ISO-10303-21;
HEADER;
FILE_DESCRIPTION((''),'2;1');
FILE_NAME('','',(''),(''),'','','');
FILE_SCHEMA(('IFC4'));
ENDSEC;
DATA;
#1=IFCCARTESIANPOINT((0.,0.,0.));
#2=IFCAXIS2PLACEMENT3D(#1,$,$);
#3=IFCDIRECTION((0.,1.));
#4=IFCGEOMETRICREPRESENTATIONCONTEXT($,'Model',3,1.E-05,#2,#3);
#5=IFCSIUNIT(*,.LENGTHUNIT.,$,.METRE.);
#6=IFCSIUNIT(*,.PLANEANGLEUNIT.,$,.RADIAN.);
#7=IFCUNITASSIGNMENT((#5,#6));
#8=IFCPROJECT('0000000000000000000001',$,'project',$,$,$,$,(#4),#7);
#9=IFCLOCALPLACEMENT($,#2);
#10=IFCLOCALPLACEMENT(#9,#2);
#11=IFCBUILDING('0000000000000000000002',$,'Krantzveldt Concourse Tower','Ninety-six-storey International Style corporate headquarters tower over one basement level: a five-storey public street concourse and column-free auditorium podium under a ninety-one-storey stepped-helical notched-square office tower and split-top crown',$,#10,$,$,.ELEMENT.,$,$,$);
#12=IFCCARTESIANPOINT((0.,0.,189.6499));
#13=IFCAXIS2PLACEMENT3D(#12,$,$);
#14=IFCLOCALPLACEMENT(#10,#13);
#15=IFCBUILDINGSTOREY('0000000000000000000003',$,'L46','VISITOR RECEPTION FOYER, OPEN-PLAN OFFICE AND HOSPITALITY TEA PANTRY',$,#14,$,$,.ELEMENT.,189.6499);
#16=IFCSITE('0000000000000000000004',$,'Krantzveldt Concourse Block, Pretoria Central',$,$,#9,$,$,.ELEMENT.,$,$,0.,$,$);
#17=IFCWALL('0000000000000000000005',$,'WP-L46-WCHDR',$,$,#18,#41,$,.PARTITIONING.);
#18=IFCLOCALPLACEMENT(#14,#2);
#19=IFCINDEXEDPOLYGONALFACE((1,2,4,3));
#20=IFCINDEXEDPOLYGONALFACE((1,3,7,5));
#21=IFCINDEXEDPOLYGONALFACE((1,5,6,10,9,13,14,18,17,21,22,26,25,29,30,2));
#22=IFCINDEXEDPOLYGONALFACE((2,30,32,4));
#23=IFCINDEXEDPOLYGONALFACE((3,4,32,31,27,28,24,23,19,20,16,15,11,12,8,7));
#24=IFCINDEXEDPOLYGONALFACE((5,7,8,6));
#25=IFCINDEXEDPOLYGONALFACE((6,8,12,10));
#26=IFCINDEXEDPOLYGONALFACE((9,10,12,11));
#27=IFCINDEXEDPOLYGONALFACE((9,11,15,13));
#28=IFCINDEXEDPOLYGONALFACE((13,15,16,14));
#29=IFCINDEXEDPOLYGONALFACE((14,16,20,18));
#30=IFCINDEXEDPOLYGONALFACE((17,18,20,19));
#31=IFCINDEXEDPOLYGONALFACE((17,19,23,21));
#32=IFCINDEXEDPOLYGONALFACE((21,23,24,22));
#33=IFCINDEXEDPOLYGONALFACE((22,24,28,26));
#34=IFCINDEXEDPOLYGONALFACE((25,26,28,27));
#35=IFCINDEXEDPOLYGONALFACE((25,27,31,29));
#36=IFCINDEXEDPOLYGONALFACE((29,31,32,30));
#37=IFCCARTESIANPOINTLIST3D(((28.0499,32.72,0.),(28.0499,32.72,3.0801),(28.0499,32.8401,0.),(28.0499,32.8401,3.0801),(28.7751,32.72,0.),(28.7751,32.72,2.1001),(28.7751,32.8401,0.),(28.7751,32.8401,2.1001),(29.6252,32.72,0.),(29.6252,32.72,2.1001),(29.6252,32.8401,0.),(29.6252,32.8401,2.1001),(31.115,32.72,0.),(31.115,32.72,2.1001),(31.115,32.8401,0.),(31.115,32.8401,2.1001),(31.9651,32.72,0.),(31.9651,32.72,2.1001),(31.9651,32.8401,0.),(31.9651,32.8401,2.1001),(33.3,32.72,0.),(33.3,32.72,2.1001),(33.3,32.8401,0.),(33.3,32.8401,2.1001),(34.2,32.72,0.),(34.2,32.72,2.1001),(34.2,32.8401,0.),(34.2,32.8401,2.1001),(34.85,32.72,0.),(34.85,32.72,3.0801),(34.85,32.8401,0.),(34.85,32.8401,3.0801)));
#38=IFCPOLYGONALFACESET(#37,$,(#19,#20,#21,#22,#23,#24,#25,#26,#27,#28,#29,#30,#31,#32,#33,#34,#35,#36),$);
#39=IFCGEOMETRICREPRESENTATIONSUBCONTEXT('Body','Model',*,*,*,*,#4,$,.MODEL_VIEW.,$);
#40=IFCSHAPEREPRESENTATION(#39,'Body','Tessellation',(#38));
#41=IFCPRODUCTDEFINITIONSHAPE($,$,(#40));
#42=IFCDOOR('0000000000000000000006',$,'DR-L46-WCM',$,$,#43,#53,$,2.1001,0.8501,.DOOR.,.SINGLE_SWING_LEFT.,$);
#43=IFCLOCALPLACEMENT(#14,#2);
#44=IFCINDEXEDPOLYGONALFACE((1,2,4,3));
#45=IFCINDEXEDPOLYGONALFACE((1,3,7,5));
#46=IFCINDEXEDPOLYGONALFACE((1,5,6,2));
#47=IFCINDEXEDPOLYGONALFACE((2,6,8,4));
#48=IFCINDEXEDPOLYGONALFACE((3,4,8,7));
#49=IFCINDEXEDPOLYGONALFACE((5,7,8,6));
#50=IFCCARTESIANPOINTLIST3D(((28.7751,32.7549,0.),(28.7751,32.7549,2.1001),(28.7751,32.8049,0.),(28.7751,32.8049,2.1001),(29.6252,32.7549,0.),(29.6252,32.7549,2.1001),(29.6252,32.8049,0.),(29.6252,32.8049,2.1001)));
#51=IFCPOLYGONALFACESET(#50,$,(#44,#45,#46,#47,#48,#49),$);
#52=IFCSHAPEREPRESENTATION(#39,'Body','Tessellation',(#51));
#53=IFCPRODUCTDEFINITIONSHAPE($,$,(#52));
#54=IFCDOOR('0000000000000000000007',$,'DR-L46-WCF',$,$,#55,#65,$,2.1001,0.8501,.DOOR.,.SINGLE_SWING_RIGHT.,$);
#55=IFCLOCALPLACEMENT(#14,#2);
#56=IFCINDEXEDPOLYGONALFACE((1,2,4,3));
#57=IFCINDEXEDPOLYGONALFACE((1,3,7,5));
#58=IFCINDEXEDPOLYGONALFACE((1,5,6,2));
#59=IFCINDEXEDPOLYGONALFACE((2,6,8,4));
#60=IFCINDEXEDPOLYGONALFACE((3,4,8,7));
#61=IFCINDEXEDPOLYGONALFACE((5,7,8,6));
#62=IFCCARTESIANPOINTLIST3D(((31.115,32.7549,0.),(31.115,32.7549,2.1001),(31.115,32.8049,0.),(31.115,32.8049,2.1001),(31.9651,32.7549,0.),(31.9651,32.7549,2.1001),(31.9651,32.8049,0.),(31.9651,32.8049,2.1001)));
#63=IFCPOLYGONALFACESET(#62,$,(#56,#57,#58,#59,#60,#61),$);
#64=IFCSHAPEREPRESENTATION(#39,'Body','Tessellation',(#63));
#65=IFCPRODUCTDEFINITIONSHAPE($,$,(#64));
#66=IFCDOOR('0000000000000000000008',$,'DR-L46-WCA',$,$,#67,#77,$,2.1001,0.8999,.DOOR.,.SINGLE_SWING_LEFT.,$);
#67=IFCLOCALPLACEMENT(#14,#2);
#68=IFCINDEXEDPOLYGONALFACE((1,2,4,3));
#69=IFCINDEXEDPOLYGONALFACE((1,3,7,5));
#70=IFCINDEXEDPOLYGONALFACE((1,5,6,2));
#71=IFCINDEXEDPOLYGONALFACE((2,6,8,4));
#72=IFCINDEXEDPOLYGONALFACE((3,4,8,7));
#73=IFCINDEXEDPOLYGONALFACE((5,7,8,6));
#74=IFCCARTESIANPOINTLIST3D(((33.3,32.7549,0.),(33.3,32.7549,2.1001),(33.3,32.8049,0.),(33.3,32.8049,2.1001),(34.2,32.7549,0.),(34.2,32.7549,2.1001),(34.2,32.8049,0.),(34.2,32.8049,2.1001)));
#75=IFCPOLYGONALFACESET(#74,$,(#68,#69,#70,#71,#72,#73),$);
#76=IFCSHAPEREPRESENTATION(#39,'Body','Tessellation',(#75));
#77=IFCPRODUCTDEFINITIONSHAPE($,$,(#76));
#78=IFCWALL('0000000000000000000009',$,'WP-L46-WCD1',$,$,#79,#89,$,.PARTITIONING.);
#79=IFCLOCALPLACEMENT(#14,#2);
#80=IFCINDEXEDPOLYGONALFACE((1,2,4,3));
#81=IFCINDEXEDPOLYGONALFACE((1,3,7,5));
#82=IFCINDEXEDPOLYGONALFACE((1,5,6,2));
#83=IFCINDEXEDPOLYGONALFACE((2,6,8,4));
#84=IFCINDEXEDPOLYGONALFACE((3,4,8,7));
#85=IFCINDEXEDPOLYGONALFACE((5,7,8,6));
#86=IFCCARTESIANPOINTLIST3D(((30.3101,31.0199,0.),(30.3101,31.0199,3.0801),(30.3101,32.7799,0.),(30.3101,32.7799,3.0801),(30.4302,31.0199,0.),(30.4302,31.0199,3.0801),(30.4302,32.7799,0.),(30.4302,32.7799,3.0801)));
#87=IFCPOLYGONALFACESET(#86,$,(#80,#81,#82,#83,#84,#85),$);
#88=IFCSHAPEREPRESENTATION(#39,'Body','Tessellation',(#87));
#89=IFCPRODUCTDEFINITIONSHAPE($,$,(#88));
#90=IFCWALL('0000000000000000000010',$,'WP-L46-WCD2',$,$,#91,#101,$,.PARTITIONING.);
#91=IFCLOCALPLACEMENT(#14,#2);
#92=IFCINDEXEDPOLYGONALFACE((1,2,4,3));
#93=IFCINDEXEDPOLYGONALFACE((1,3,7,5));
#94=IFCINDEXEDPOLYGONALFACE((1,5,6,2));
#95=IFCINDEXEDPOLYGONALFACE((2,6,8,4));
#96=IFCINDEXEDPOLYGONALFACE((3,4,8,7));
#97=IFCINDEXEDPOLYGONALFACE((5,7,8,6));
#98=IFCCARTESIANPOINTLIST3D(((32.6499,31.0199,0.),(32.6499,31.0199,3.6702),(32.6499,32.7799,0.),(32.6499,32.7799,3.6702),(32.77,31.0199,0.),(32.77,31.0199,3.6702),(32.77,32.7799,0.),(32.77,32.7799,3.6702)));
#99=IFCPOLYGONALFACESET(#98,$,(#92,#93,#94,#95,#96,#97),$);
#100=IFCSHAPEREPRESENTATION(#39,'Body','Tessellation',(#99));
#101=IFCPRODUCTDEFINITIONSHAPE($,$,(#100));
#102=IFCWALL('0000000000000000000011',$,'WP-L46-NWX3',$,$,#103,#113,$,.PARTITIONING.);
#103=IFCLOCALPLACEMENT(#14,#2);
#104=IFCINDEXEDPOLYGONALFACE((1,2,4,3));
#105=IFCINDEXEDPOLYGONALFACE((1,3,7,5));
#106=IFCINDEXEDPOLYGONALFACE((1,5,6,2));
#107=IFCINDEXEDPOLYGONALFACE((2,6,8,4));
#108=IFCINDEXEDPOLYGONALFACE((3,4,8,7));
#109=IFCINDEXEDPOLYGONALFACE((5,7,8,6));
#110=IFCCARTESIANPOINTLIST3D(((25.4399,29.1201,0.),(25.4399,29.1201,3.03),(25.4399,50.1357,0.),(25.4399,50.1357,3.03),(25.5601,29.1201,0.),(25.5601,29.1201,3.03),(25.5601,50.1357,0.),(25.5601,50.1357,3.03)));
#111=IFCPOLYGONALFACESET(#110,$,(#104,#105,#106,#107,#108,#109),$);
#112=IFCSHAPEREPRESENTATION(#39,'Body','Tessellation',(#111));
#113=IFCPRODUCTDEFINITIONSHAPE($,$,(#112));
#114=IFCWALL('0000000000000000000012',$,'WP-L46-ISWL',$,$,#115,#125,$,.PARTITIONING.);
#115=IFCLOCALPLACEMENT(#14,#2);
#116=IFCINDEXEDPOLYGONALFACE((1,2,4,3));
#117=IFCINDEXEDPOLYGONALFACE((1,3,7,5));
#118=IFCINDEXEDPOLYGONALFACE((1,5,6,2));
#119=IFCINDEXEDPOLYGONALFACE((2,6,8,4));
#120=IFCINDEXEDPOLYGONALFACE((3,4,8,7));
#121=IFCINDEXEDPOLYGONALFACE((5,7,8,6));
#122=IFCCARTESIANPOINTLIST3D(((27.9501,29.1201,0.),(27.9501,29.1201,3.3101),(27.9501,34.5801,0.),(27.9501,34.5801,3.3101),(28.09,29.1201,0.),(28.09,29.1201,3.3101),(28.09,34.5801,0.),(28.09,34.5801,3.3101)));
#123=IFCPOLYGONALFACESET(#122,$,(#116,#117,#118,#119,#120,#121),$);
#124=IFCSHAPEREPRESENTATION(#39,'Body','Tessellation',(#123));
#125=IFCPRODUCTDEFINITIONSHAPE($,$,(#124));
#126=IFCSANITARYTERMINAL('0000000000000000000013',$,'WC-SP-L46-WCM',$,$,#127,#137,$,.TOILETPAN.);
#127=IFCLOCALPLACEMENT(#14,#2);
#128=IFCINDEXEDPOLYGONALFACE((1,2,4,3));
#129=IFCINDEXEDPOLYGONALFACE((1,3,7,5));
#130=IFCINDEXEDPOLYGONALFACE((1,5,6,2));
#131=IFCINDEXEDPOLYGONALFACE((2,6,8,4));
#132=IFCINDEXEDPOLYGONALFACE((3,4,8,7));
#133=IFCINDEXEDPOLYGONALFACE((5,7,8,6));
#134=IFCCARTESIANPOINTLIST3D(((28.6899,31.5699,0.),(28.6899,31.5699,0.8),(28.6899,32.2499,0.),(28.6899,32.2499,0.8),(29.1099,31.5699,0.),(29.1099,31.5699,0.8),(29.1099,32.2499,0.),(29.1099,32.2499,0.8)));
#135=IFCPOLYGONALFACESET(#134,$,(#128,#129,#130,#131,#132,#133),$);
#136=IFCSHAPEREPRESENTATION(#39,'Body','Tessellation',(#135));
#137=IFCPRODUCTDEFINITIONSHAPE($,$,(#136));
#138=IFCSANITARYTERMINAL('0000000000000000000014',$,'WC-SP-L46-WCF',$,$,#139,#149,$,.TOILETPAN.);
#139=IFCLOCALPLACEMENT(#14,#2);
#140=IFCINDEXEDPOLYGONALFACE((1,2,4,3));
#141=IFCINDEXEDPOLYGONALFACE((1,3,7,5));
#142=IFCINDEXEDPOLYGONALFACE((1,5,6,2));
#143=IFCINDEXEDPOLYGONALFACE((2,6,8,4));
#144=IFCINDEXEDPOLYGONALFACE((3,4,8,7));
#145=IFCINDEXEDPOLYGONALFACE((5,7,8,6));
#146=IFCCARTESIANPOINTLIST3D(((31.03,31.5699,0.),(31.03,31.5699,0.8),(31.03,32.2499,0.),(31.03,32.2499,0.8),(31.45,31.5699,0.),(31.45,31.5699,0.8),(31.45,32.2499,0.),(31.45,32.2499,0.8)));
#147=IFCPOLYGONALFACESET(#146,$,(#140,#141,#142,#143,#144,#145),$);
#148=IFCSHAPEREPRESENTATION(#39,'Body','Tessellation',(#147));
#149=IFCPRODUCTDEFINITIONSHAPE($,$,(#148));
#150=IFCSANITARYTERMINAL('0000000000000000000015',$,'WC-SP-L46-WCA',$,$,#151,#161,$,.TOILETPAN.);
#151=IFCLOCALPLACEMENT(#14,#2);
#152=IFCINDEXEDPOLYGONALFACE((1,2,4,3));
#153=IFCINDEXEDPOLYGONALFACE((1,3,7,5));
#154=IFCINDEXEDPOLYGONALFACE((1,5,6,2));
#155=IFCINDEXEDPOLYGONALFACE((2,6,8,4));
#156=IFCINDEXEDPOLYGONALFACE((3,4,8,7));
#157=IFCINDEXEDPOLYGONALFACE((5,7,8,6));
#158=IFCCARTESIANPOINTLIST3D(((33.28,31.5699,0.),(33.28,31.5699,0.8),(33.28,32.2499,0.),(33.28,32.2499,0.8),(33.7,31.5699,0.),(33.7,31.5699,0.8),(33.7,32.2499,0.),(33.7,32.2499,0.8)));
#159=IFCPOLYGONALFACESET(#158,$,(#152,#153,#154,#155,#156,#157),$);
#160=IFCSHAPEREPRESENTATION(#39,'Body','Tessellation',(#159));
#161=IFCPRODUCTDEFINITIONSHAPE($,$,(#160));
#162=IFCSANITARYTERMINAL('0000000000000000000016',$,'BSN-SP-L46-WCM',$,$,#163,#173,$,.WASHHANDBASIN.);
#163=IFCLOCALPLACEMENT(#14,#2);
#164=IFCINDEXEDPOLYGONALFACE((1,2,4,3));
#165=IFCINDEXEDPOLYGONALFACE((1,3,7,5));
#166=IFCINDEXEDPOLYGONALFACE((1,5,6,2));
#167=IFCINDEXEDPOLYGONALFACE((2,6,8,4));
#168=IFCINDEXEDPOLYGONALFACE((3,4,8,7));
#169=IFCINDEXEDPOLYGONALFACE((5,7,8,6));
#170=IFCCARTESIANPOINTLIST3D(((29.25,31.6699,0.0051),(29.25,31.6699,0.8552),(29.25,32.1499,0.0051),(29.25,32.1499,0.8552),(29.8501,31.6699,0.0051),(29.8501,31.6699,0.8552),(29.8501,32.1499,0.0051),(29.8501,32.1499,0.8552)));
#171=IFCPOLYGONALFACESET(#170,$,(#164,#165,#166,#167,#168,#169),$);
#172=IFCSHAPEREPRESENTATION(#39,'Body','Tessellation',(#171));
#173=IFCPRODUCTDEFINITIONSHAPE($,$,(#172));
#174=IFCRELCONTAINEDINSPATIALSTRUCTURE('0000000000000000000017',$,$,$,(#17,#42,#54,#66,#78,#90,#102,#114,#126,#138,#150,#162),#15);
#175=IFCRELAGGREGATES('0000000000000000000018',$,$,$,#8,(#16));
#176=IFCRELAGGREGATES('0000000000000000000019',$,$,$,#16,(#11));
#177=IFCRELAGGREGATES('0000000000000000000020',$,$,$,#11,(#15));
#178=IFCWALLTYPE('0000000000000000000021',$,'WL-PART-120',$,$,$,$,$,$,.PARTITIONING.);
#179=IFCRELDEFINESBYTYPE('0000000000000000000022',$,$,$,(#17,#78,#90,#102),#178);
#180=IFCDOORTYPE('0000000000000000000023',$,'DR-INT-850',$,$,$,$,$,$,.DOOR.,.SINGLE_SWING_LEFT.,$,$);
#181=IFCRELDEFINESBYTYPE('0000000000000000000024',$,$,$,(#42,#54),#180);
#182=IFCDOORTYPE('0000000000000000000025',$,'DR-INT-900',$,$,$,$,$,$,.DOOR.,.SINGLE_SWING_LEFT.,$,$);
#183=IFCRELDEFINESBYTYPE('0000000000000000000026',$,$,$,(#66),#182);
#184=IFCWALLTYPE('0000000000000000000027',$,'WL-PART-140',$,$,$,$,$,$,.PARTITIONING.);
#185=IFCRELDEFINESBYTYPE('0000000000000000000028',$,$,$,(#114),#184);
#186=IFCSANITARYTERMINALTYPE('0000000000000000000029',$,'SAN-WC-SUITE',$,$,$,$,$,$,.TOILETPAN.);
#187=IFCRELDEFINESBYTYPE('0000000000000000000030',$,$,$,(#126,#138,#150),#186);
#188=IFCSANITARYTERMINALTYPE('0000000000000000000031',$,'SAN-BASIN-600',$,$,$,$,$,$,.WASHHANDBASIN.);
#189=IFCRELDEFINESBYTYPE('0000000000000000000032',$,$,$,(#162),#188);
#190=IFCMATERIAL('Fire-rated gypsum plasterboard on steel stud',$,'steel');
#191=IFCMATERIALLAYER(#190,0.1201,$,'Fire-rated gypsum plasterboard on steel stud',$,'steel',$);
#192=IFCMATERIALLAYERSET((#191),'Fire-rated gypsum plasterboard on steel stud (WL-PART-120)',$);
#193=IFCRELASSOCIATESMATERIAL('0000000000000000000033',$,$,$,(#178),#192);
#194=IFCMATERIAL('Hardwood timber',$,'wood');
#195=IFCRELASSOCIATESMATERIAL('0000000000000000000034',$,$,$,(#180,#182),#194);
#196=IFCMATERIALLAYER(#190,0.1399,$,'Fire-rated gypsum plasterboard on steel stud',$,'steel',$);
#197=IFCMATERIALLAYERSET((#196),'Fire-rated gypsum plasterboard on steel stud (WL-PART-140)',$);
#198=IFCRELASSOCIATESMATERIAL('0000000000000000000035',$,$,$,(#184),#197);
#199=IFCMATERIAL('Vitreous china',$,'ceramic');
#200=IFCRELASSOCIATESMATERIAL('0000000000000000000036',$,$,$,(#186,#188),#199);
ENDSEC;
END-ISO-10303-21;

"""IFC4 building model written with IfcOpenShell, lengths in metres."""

from ifc_helpers import new_model, si_unit, direction, frame, frame_2d, origin, origin_2d, place, context, subcontext, project, spatial, rectangle, extrude, source, transform, mapped, material, layer, layer_set, type_object, type_shapes, element, fill, save


model = new_model("IFC4")

# Units and contexts
model_context = context("Model", 3, precision=1e-05, world=origin(), true_north=direction((0.0, 1.0)))
body_context = subcontext(model_context, "Body", "Model", "MODEL_VIEW")
ifc_project = project(units=[si_unit("LENGTHUNIT", "METRE"), si_unit("PLANEANGLEUNIT", "RADIAN")], contexts=[model_context])

# Site, building, storey
site_placement = place(None, origin())
site = spatial("IfcSite", under=ifc_project, at=site_placement, Name="Krantzveldt Concourse Block, Pretoria Central", CompositionType="ELEMENT", RefElevation=0.0)
building_placement = place(site_placement, origin())
building = spatial("IfcBuilding", under=site, at=building_placement, Name="Krantzveldt Concourse Tower", Description="Ninety-six-storey International Style corporate headquarters tower over one basement level: a five-storey public street concourse and column-free auditorium podium under a ninety-one-storey stepped-helical notched-square office tower and split-top crown", CompositionType="ELEMENT")
storey_placement = place(building_placement, frame((0.0, 0.0, 189.6499)))
storey = spatial("IfcBuildingStorey", under=building, at=storey_placement, Name="L46", Description="VISITOR RECEPTION FOYER, OPEN-PLAN OFFICE AND HOSPITALITY TEA PANTRY", CompositionType="ELEMENT", Elevation=189.6499)

# Shared definitions
ifc_material_1 = material(Name="Fire-rated gypsum plasterboard on steel stud", Category="steel")
ifc_layer_1 = layer(ifc_material_1, 0.1201, Name="Fire-rated gypsum plasterboard on steel stud", Category="steel")
ifc_layer_set_1 = layer_set([ifc_layer_1], Name="Fire-rated gypsum plasterboard on steel stud (WL-PART-120)")
wall_type_1 = type_object("IfcWallType", Name="WL-PART-120", PredefinedType="PARTITIONING", material=ifc_layer_set_1)

# Wall, openings, doors
wall_1_placement = place(storey_placement, frame((28.05, 32.78, 0.0), z_axis=(0.0, 0.0, 1.0), x_axis=(1.0, 0.0, 0.0)))
wall_1 = element("IfcWall", 1, at=wall_1_placement, inside=storey, type_object=wall_type_1, Name="WP-L46-WCHDR", PredefinedType="PARTITIONING", context=body_context, shape_type="SweptSolid", body=[
    extrude(rectangle(XDim=6.8, YDim=0.1201, at=frame_2d((3.3999, 0.0))), origin(), (0.0, 0.0, 1.0), 3.0801),
])
opening_1_placement = place(wall_1_placement, frame((0.7251, 0.0, 0.0)))
opening_1 = element("IfcOpeningElement", 2, at=opening_1_placement, cuts=wall_1, PredefinedType="OPENING", context=body_context, shape_type="SweptSolid", body=[
    extrude(rectangle(XDim=0.8501, YDim=2.1001, at=frame_2d((0.425, 1.05))), frame((0.0, 0.0701, 0.0), z_axis=(0.0, -1.0, 0.0), x_axis=(1.0, 0.0, 0.0)), (0.0, 0.0, 1.0), 0.1401),
])
opening_2_placement = place(wall_1_placement, frame((3.0649, 0.0, 0.0)))
opening_2 = element("IfcOpeningElement", 3, at=opening_2_placement, cuts=wall_1, PredefinedType="OPENING", context=body_context, shape_type="SweptSolid", body=[
    extrude(rectangle(XDim=0.8501, YDim=2.1001, at=frame_2d((0.425, 1.05))), frame((0.0, 0.0701, 0.0), z_axis=(0.0, -1.0, 0.0), x_axis=(1.0, 0.0, 0.0)), (0.0, 0.0, 1.0), 0.1401),
])
opening_3_placement = place(wall_1_placement, frame((5.25, 0.0, 0.0)))
opening_3 = element("IfcOpeningElement", 4, at=opening_3_placement, cuts=wall_1, PredefinedType="OPENING", context=body_context, shape_type="SweptSolid", body=[
    extrude(rectangle(XDim=0.8999, YDim=2.1001, at=frame_2d((0.45, 1.05))), frame((0.0, 0.0701, 0.0), z_axis=(0.0, -1.0, 0.0), x_axis=(1.0, 0.0, 0.0)), (0.0, 0.0, 1.0), 0.1401),
])
ifc_material_2 = material(Name="Hardwood timber", Category="wood")
door_type_1 = type_object("IfcDoorType", Name="DR-INT-850", OperationType="SINGLE_SWING_LEFT", PredefinedType="DOOR", material=ifc_material_2)
door_1_placement = place(opening_1_placement, origin())
door_1 = element("IfcDoor", 5, at=door_1_placement, inside=storey, type_object=door_type_1, Name="DR-L46-WCM", OperationType="SINGLE_SWING_LEFT", OverallHeight=2.1001, OverallWidth=0.8501, PredefinedType="DOOR", context=body_context, shape_type="SweptSolid", body=[
    extrude(rectangle(XDim=0.8501, YDim=2.1001, at=frame_2d((0.425, 1.05))), frame((0.0, 0.0249, 0.0), z_axis=(0.0, -1.0, 0.0), x_axis=(1.0, 0.0, 0.0)), (0.0, 0.0, 1.0), 0.05),
])
fill(opening_1, door_1)
door_2_placement = place(opening_2_placement, origin())
door_2 = element("IfcDoor", 6, at=door_2_placement, inside=storey, type_object=door_type_1, Name="DR-L46-WCF", OperationType="SINGLE_SWING_RIGHT", OverallHeight=2.1001, OverallWidth=0.8501, PredefinedType="DOOR", context=body_context, shape_type="SweptSolid", body=[
    extrude(rectangle(XDim=0.8501, YDim=2.1001, at=frame_2d((0.425, 1.05))), frame((0.0, 0.0249, 0.0), z_axis=(0.0, -1.0, 0.0), x_axis=(1.0, 0.0, 0.0)), (0.0, 0.0, 1.0), 0.05),
])
fill(opening_2, door_2)
door_type_2 = type_object("IfcDoorType", Name="DR-INT-900", OperationType="SINGLE_SWING_LEFT", PredefinedType="DOOR", material=ifc_material_2)
door_3_placement = place(opening_3_placement, origin())
door_3 = element("IfcDoor", 7, at=door_3_placement, inside=storey, type_object=door_type_2, Name="DR-L46-WCA", OperationType="SINGLE_SWING_LEFT", OverallHeight=2.1001, OverallWidth=0.8999, PredefinedType="DOOR", context=body_context, shape_type="SweptSolid", body=[
    extrude(rectangle(XDim=0.8999, YDim=2.1001, at=frame_2d((0.45, 1.05))), frame((0.0, 0.0249, 0.0), z_axis=(0.0, -1.0, 0.0), x_axis=(1.0, 0.0, 0.0)), (0.0, 0.0, 1.0), 0.05),
])
fill(opening_3, door_3)

# Walls
wall_2_placement = place(storey_placement, frame((30.3701, 31.02, 0.0), z_axis=(0.0, 0.0, 1.0), x_axis=(0.0, 1.0, 0.0)))
element("IfcWall", 8, at=wall_2_placement, inside=storey, type_object=wall_type_1, Name="WP-L46-WCD1", PredefinedType="PARTITIONING", context=body_context, shape_type="SweptSolid", body=[
    extrude(rectangle(XDim=1.76, YDim=0.1201, at=frame_2d((0.8799, 0.0))), origin(), (0.0, 0.0, 1.0), 3.0801),
])
wall_3_placement = place(storey_placement, frame((32.71, 31.02, 0.0), z_axis=(0.0, 0.0, 1.0), x_axis=(0.0, 1.0, 0.0)))
element("IfcWall", 9, at=wall_3_placement, inside=storey, type_object=wall_type_1, Name="WP-L46-WCD2", PredefinedType="PARTITIONING", context=body_context, shape_type="SweptSolid", body=[
    extrude(rectangle(XDim=1.76, YDim=0.1201, at=frame_2d((0.8799, 0.0))), origin(), (0.0, 0.0, 1.0), 3.6702),
])
wall_4_placement = place(storey_placement, frame((25.5, 29.1201, 0.0), z_axis=(0.0, 0.0, 1.0), x_axis=(0.0, 1.0, 0.0)))
element("IfcWall", 10, at=wall_4_placement, inside=storey, type_object=wall_type_1, Name="WP-L46-NWX3", PredefinedType="PARTITIONING", context=body_context, shape_type="SweptSolid", body=[
    extrude(rectangle(XDim=21.0156, YDim=0.1201, at=frame_2d((10.5078, 0.0))), origin(), (0.0, 0.0, 1.0), 3.03),
])
ifc_layer_2 = layer(ifc_material_1, 0.1399, Name="Fire-rated gypsum plasterboard on steel stud", Category="steel")
ifc_layer_set_2 = layer_set([ifc_layer_2], Name="Fire-rated gypsum plasterboard on steel stud (WL-PART-140)")
wall_type_2 = type_object("IfcWallType", Name="WL-PART-140", PredefinedType="PARTITIONING", material=ifc_layer_set_2)
wall_5_placement = place(storey_placement, frame((28.02, 29.1201, 0.0), z_axis=(0.0, 0.0, 1.0), x_axis=(0.0, 1.0, 0.0)))
element("IfcWall", 11, at=wall_5_placement, inside=storey, type_object=wall_type_2, Name="WP-L46-ISWL", PredefinedType="PARTITIONING", context=body_context, shape_type="SweptSolid", body=[
    extrude(rectangle(XDim=5.46, YDim=0.1399, at=frame_2d((2.73, 0.0))), origin(), (0.0, 0.0, 1.0), 3.3101),
])

# Sanitary terminals
ifc_material_3 = material(Name="Vitreous china", Category="ceramic")
sanitary_terminal_type_1 = type_object("IfcSanitaryTerminalType", Name="SAN-WC-SUITE", PredefinedType="TOILETPAN", material=ifc_material_3)
shared_shape_1 = source(origin(), body_context, "Body", "SweptSolid", [
    extrude(rectangle(XDim=0.4199, YDim=0.6799, at=origin_2d()), origin(), (0.0, 0.0, 1.0), 0.8),
])
type_shapes(sanitary_terminal_type_1, [shared_shape_1])
for number, where, z_axis, x_axis, name in (
    (12, (28.8999, 31.9099, 0.0), (0.0, 0.0, 1.0), (1.0, 0.0, 0.0), "WC-SP-L46-WCM"),
    (13, (31.24, 31.9099, 0.0), (0.0, 0.0, 1.0), (1.0, 0.0, 0.0), "WC-SP-L46-WCF"),
    (14, (33.49, 31.9099, 0.0), (0.0, 0.0, 1.0), (1.0, 0.0, 0.0), "WC-SP-L46-WCA"),
):
    element("IfcSanitaryTerminal", number, at=place(storey_placement, frame(where, z_axis=z_axis, x_axis=x_axis)), inside=storey, type_object=sanitary_terminal_type_1, Name=name, PredefinedType="TOILETPAN", context=body_context, shape_type="MappedRepresentation", body=[
        mapped(shared_shape_1, transform((0.0, 0.0, 0.0), x_axis=(1.0, 0.0, 0.0), y_axis=(0.0, 1.0, 0.0), z_axis=(0.0, 0.0, 1.0), scale=1.0)),
    ])
sanitary_terminal_type_2 = type_object("IfcSanitaryTerminalType", Name="SAN-BASIN-600", PredefinedType="WASHHANDBASIN", material=ifc_material_3)
shared_shape_2 = source(origin(), body_context, "Body", "SweptSolid", [
    extrude(rectangle(XDim=0.6001, YDim=0.48, at=origin_2d()), origin(), (0.0, 0.0, 1.0), 0.8501),
])
type_shapes(sanitary_terminal_type_2, [shared_shape_2])
for number, where, z_axis, x_axis, name in (
    (15, (29.55, 31.9099, 0.0051), (0.0, 0.0, 1.0), (1.0, 0.0, 0.0), "BSN-SP-L46-WCM"),
):
    element("IfcSanitaryTerminal", number, at=place(storey_placement, frame(where, z_axis=z_axis, x_axis=x_axis)), inside=storey, type_object=sanitary_terminal_type_2, Name=name, PredefinedType="WASHHANDBASIN", context=body_context, shape_type="MappedRepresentation", body=[
        mapped(shared_shape_2, transform((0.0, 0.0, 0.0), x_axis=(1.0, 0.0, 0.0), y_axis=(0.0, 1.0, 0.0), z_axis=(0.0, 0.0, 1.0), scale=1.0)),
    ])

save(model, "model.ifc")
